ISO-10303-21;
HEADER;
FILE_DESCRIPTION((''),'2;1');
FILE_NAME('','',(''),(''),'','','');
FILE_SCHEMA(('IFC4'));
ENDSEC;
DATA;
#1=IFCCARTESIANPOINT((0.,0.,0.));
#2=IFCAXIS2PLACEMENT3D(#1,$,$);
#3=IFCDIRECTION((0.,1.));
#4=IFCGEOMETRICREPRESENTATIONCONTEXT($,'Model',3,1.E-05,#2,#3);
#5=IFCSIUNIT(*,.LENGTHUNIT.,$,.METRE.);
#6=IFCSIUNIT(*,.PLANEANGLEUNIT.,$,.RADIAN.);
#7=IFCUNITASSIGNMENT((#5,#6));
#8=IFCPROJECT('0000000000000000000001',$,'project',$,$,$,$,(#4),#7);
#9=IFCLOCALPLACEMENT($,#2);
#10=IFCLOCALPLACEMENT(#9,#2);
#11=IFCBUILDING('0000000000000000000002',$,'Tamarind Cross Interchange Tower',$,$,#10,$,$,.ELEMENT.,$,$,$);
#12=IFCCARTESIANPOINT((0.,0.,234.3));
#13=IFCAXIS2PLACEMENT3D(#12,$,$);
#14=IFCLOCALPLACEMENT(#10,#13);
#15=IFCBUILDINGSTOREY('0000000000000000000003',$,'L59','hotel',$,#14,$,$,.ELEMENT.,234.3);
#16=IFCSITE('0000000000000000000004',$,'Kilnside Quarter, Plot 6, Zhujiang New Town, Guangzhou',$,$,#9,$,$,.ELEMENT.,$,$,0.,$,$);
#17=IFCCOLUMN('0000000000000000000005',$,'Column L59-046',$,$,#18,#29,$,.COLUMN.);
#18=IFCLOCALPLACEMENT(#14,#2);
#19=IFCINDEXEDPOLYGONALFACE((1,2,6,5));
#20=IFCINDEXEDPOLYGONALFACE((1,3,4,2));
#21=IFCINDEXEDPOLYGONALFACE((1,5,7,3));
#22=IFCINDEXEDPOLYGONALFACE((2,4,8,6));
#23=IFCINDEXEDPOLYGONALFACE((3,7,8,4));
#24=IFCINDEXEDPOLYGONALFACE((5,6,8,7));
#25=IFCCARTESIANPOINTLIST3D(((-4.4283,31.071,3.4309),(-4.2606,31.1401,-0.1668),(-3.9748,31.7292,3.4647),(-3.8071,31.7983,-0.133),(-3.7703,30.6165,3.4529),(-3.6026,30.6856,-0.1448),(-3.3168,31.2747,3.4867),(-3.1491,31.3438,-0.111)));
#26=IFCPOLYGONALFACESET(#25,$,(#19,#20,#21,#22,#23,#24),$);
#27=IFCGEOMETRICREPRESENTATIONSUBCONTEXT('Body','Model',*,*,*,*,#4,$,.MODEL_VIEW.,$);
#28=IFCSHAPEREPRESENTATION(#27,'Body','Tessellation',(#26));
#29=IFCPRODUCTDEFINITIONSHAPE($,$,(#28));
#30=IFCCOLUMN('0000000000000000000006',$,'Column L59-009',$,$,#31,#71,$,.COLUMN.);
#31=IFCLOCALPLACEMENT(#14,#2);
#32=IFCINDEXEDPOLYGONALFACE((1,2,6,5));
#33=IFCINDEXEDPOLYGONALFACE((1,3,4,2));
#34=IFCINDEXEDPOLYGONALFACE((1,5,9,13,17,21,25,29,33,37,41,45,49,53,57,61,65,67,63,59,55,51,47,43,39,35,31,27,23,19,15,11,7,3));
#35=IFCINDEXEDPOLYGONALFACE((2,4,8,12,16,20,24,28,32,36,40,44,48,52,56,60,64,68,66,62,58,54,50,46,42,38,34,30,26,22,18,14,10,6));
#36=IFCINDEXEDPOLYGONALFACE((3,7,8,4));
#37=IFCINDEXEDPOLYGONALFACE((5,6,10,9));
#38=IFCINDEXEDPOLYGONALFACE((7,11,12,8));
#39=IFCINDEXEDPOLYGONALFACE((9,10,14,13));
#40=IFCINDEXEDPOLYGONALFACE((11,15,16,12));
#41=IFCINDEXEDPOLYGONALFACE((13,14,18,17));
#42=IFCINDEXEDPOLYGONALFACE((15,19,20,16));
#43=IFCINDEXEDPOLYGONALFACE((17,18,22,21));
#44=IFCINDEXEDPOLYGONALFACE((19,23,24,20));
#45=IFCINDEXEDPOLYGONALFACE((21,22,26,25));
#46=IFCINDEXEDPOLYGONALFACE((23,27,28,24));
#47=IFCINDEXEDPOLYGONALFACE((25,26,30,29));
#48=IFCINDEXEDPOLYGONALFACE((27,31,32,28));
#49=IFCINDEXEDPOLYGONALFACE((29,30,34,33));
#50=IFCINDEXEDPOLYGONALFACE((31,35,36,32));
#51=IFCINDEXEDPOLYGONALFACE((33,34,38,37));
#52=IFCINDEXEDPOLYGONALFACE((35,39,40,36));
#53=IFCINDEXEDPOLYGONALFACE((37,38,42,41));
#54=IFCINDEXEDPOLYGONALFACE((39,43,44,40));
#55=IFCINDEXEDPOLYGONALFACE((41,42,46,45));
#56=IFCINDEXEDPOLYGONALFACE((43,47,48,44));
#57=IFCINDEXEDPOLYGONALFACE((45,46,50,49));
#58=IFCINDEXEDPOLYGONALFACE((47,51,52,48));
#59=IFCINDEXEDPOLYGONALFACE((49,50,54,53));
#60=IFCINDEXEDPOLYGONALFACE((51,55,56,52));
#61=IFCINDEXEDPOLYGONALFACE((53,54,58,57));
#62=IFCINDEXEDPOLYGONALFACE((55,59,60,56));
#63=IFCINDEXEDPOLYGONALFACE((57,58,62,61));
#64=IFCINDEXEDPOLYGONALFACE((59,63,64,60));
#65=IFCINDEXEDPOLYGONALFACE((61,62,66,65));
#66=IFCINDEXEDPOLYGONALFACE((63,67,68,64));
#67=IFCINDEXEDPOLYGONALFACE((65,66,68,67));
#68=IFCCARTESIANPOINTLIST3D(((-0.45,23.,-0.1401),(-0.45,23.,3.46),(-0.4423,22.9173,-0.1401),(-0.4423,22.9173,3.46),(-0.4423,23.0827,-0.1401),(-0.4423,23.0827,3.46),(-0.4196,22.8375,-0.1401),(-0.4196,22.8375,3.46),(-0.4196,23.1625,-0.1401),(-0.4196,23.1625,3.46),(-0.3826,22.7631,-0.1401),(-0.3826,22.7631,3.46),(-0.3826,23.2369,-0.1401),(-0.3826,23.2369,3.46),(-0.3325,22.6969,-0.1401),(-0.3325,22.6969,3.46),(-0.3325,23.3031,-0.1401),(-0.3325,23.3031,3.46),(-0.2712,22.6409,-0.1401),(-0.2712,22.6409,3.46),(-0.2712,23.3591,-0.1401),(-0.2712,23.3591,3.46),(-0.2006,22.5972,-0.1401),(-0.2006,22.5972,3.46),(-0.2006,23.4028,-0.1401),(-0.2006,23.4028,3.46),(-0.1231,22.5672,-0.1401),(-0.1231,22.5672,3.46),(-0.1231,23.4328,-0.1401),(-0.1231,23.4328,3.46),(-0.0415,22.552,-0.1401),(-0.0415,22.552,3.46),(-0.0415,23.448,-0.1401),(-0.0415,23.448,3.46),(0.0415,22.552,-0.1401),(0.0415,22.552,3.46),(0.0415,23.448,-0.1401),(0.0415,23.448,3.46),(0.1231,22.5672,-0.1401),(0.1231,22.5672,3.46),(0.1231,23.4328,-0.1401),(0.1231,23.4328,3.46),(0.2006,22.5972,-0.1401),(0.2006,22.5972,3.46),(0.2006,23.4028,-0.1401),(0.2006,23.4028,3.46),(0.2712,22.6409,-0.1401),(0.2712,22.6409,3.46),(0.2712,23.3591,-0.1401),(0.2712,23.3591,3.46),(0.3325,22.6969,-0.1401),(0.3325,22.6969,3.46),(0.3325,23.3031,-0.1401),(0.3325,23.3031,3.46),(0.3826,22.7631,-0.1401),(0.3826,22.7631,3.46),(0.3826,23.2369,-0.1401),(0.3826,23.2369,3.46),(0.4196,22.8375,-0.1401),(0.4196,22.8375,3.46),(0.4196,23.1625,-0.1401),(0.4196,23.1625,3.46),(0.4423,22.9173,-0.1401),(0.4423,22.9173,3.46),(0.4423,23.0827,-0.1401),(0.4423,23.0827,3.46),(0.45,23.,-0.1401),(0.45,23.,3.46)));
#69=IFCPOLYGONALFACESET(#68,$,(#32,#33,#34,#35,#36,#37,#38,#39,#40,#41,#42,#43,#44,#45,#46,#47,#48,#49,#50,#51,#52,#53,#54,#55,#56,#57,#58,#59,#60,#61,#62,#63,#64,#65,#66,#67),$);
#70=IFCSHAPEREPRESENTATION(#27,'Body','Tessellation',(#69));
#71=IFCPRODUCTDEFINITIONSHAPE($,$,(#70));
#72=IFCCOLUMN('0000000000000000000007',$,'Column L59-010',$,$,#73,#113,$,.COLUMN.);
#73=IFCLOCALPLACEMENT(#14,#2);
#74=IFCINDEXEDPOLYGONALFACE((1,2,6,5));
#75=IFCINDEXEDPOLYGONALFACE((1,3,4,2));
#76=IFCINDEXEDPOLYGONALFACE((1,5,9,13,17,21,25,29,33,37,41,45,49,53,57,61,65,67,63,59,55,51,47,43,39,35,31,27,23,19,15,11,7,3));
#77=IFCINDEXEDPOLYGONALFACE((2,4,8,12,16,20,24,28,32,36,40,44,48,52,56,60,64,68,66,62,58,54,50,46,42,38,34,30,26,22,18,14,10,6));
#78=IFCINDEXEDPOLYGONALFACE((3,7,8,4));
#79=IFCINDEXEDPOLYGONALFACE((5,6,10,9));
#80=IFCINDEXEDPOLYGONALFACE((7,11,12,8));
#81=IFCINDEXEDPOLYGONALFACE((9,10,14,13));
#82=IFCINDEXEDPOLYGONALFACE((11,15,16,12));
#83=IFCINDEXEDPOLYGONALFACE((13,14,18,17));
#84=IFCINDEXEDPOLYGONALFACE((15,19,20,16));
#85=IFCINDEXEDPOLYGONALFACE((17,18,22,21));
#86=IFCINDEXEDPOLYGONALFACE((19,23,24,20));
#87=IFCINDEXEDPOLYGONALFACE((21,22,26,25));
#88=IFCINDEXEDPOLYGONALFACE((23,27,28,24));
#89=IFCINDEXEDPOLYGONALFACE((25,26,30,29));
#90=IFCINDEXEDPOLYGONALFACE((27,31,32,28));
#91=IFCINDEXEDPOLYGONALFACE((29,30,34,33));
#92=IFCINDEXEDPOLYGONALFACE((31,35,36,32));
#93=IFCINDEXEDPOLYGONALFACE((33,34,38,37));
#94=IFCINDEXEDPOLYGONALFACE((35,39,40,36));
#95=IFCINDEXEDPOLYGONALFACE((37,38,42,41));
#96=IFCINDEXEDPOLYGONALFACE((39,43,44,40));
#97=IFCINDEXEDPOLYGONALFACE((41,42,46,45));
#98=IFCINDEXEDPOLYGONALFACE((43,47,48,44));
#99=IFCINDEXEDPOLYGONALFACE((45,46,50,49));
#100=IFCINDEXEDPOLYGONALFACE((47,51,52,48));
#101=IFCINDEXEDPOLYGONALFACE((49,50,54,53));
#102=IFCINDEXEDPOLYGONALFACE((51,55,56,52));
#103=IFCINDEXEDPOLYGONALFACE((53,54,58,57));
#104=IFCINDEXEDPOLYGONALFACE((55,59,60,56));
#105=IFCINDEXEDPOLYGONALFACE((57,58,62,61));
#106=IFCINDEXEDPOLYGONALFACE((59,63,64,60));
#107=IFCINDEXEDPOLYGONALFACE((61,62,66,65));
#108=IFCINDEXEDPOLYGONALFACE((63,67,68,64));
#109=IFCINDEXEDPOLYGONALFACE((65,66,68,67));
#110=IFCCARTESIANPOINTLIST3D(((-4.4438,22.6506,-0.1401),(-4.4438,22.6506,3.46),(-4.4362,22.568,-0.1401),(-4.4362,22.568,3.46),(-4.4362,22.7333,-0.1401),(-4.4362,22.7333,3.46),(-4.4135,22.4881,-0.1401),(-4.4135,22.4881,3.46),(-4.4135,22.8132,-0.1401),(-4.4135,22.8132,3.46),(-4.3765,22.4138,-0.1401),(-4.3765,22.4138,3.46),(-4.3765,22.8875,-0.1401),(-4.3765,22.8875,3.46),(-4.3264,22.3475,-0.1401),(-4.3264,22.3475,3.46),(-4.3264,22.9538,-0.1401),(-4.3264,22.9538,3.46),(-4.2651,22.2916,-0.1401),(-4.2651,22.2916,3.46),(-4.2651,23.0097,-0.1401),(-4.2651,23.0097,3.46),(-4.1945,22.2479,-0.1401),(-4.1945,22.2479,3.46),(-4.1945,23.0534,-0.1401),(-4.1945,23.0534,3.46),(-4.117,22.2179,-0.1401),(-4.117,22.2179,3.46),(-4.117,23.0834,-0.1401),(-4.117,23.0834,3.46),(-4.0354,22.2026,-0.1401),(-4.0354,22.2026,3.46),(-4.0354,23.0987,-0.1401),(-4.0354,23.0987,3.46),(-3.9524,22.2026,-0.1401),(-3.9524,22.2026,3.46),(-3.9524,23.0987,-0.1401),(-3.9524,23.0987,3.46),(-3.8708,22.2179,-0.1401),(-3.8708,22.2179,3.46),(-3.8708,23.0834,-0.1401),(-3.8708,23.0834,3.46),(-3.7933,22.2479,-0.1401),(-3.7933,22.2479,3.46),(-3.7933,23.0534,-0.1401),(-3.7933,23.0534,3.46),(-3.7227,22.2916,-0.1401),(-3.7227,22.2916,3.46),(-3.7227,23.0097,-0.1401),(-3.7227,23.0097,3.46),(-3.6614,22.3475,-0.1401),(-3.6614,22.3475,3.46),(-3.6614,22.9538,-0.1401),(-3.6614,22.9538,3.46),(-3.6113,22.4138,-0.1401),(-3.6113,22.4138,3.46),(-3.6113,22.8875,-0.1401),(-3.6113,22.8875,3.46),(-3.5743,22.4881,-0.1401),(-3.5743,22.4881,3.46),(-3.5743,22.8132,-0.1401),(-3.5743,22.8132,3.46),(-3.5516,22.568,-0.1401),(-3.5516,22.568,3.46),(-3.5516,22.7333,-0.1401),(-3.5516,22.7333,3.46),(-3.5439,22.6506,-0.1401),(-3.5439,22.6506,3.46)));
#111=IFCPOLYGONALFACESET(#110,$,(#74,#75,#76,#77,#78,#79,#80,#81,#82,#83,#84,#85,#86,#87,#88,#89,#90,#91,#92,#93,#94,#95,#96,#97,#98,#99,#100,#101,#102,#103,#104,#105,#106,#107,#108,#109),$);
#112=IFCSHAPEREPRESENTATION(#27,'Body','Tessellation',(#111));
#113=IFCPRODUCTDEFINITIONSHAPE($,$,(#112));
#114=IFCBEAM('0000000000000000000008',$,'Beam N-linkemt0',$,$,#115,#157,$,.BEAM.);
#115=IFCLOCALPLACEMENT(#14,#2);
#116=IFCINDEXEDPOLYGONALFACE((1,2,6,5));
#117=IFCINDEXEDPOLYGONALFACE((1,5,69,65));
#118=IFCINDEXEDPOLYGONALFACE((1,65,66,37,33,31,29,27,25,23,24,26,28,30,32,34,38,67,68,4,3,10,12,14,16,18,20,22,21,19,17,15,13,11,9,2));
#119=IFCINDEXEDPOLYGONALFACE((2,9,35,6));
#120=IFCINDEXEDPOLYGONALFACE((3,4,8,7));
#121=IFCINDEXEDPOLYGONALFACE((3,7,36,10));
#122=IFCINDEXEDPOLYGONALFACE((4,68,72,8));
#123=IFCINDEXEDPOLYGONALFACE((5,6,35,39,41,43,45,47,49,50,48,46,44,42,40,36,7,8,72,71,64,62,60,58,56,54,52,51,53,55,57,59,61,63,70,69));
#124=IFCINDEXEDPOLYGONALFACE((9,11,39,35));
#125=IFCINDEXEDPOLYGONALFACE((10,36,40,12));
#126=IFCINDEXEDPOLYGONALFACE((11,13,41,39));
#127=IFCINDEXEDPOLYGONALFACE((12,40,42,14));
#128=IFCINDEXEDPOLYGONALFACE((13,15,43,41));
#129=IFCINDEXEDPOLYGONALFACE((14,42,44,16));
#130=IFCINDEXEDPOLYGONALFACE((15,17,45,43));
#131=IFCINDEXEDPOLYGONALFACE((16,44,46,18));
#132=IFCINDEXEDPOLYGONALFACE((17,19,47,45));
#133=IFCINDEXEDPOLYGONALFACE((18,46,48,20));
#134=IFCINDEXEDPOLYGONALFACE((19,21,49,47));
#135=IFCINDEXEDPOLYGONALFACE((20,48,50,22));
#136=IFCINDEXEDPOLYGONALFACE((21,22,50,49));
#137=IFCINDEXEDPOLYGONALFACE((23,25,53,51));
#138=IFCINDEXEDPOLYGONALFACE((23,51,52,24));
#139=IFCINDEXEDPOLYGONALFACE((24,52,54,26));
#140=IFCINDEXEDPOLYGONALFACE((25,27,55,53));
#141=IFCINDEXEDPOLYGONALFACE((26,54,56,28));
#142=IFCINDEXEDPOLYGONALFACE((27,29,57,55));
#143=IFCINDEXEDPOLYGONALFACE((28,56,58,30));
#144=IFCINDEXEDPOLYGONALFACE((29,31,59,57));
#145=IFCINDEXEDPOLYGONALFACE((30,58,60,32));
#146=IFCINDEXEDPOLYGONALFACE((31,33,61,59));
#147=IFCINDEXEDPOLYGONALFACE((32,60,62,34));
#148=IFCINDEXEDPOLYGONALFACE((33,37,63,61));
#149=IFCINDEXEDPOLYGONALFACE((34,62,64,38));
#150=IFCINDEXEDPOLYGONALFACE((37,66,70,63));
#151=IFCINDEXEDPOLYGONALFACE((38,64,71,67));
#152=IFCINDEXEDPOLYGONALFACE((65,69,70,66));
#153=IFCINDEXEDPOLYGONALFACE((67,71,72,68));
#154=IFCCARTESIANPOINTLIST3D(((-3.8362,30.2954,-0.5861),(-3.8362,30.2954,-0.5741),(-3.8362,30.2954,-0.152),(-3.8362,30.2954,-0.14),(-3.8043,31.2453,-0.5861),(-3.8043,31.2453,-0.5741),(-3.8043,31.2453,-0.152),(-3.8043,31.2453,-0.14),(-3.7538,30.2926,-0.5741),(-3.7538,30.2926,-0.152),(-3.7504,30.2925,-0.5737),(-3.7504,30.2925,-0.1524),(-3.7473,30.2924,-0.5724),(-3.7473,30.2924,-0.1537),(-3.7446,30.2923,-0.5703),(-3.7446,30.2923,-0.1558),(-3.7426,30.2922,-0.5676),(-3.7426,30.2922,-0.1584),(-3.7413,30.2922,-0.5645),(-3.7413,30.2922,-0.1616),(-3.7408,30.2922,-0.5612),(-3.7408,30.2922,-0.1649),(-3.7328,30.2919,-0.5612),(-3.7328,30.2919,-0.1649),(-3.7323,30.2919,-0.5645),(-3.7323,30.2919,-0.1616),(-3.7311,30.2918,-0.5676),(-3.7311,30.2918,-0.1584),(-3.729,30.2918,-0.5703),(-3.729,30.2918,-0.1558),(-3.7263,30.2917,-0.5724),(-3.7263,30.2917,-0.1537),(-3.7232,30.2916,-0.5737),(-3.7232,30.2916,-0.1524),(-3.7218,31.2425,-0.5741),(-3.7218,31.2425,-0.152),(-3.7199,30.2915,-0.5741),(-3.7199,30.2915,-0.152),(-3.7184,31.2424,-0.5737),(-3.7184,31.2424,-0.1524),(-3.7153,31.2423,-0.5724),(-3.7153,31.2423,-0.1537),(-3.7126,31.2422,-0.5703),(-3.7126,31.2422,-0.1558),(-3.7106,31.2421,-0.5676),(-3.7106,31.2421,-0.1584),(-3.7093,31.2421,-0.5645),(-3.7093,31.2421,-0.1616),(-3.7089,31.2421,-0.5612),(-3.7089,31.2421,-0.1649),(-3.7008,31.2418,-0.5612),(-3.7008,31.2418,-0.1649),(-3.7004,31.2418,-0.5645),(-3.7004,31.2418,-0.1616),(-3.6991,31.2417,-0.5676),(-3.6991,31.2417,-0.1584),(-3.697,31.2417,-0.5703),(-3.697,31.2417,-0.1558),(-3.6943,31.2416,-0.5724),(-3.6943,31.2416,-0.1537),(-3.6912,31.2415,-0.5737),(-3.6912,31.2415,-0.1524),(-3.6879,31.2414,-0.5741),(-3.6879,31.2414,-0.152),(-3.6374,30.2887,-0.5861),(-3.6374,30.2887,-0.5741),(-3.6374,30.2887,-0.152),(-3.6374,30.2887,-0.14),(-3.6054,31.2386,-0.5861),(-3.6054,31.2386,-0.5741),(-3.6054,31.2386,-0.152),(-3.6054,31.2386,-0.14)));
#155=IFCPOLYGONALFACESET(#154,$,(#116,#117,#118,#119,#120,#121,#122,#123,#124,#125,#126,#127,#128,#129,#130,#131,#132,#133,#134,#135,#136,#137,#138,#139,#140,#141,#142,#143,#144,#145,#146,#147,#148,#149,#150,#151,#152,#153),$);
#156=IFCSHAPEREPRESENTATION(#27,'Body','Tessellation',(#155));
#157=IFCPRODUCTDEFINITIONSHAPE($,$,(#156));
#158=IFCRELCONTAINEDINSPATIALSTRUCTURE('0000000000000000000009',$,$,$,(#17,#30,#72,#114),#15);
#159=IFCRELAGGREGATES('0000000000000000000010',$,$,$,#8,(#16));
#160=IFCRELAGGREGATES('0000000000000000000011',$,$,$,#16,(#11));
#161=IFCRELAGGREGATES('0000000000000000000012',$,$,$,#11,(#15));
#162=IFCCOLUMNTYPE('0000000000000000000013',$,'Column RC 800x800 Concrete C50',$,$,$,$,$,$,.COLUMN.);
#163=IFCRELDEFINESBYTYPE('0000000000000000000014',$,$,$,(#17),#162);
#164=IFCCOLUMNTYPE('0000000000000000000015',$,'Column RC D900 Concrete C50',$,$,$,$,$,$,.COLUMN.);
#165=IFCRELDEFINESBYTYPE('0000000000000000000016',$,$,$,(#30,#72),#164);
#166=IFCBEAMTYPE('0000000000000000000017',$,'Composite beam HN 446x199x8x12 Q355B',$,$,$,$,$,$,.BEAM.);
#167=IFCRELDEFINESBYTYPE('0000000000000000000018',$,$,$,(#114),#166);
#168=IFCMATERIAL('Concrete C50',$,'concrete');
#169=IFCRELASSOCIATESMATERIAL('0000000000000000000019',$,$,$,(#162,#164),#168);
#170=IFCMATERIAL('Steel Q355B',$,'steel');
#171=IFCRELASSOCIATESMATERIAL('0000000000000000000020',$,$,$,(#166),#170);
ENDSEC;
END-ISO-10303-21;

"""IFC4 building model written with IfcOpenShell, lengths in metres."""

from ifc_helpers import new_model, si_unit, direction, frame, origin, origin_2d, place, context, subcontext, project, spatial, rectangle, circle, i_section, extrude, material, material_profile, profile_set, type_object, element, save


model = new_model("IFC4")

# Units and contexts
model_context = context("Model", 3, precision=1e-05, world=origin(), true_north=direction((0.0, 1.0)))
body_context = subcontext(model_context, "Body", "Model", "MODEL_VIEW")
ifc_project = project(units=[si_unit("LENGTHUNIT", "METRE"), si_unit("PLANEANGLEUNIT", "RADIAN")], contexts=[model_context])

# Site, building, storey
site_placement = place(None, origin())
site = spatial("IfcSite", under=ifc_project, at=site_placement, Name="Kilnside Quarter, Plot 6, Zhujiang New Town, Guangzhou", CompositionType="ELEMENT", RefElevation=0.0)
building_placement = place(site_placement, origin())
building = spatial("IfcBuilding", under=site, at=building_placement, Name="Tamarind Cross Interchange Tower", CompositionType="ELEMENT")
storey_placement = place(building_placement, frame((0.0, 0.0, 234.3)))
storey = spatial("IfcBuildingStorey", under=building, at=storey_placement, Name="L59", Description="hotel", CompositionType="ELEMENT", Elevation=234.3)

# Columns
ifc_material_1 = material(Name="Concrete C50", Category="concrete")
ifc_material_profile_1 = material_profile(ifc_material_1, rectangle(XDim=0.8, YDim=0.8, at=origin_2d()), Name="RC 800x800")
ifc_profile_set_1 = profile_set([ifc_material_profile_1], Name="Concrete C50")
column_type_1 = type_object("IfcColumnType", Name="Column RC 800x800 Concrete C50", PredefinedType="COLUMN", material=ifc_profile_set_1)
column_placement = place(storey_placement, frame((-3.7048, 31.2419, -0.1389), z_axis=(-0.046561, -0.01918, 0.998731), x_axis=(0.822464, -0.568156, 0.027432)))
element("IfcColumn", 1, at=column_placement, inside=storey, type_object=column_type_1, Name="Column L59-046", PredefinedType="COLUMN", context=body_context, shape_type="SweptSolid", body=[
    extrude(rectangle(XDim=0.8, YDim=0.8, at=origin_2d()), origin(), (0.0, 0.0, 1.0), 3.6023),
])
ifc_material_profile_2 = material_profile(ifc_material_1, circle(Radius=0.45, at=origin_2d()), Name="RC D900")
ifc_profile_set_2 = profile_set([ifc_material_profile_2], Name="Concrete C50")
column_type_2 = type_object("IfcColumnType", Name="Column RC D900 Concrete C50", PredefinedType="COLUMN", material=ifc_profile_set_2)
for number, where, z_axis, x_axis, name in (
    (2, (0.0, 23.0, -0.1401), (0.0, 0.0, 1.0), (1.0, 0.0, 0.0), "Column L59-009"),
    (3, (-3.9939, 22.6506, -0.1401), (0.0, 0.0, 1.0), (1.0, 0.0, 0.0), "Column L59-010"),
):
    element("IfcColumn", number, at=place(storey_placement, frame(where, z_axis=z_axis, x_axis=x_axis)), inside=storey, type_object=column_type_2, Name=name, PredefinedType="COLUMN", context=body_context, shape_type="SweptSolid", body=[
        extrude(circle(Radius=0.45, at=origin_2d()), origin(), (0.0, 0.0, 1.0), 3.6001),
    ])

# Beam
ifc_material_2 = material(Name="Steel Q355B", Category="steel")
ifc_material_profile_3 = material_profile(ifc_material_2, i_section(OverallWidth=0.199, OverallDepth=0.446, WebThickness=0.0081, FlangeThickness=0.012, FilletRadius=0.0129, at=origin_2d()), Name="HN 446x199x8x12")
ifc_profile_set_3 = profile_set([ifc_material_profile_3], Name="Steel Q355B")
beam_type_1 = type_object("IfcBeamType", Name="Composite beam HN 446x199x8x12 Q355B", PredefinedType="BEAM", material=ifc_profile_set_3)
beam_1_placement = place(storey_placement, frame((-3.7048, 31.2419, -0.363), z_axis=(-0.033648, -0.999434, 0.0), x_axis=(0.999434, -0.033648, 0.0)))
element("IfcBeam", 4, at=beam_1_placement, inside=storey, type_object=beam_type_1, Name="Beam N-linkemt0", PredefinedType="BEAM", context=body_context, shape_type="SweptSolid", body=[
    extrude(i_section(OverallWidth=0.199, OverallDepth=0.446, WebThickness=0.0081, FlangeThickness=0.012, FilletRadius=0.0129, at=origin_2d()), origin(), (0.0, 0.0, 1.0), 0.9504),
])

save(model, "model.ifc")
